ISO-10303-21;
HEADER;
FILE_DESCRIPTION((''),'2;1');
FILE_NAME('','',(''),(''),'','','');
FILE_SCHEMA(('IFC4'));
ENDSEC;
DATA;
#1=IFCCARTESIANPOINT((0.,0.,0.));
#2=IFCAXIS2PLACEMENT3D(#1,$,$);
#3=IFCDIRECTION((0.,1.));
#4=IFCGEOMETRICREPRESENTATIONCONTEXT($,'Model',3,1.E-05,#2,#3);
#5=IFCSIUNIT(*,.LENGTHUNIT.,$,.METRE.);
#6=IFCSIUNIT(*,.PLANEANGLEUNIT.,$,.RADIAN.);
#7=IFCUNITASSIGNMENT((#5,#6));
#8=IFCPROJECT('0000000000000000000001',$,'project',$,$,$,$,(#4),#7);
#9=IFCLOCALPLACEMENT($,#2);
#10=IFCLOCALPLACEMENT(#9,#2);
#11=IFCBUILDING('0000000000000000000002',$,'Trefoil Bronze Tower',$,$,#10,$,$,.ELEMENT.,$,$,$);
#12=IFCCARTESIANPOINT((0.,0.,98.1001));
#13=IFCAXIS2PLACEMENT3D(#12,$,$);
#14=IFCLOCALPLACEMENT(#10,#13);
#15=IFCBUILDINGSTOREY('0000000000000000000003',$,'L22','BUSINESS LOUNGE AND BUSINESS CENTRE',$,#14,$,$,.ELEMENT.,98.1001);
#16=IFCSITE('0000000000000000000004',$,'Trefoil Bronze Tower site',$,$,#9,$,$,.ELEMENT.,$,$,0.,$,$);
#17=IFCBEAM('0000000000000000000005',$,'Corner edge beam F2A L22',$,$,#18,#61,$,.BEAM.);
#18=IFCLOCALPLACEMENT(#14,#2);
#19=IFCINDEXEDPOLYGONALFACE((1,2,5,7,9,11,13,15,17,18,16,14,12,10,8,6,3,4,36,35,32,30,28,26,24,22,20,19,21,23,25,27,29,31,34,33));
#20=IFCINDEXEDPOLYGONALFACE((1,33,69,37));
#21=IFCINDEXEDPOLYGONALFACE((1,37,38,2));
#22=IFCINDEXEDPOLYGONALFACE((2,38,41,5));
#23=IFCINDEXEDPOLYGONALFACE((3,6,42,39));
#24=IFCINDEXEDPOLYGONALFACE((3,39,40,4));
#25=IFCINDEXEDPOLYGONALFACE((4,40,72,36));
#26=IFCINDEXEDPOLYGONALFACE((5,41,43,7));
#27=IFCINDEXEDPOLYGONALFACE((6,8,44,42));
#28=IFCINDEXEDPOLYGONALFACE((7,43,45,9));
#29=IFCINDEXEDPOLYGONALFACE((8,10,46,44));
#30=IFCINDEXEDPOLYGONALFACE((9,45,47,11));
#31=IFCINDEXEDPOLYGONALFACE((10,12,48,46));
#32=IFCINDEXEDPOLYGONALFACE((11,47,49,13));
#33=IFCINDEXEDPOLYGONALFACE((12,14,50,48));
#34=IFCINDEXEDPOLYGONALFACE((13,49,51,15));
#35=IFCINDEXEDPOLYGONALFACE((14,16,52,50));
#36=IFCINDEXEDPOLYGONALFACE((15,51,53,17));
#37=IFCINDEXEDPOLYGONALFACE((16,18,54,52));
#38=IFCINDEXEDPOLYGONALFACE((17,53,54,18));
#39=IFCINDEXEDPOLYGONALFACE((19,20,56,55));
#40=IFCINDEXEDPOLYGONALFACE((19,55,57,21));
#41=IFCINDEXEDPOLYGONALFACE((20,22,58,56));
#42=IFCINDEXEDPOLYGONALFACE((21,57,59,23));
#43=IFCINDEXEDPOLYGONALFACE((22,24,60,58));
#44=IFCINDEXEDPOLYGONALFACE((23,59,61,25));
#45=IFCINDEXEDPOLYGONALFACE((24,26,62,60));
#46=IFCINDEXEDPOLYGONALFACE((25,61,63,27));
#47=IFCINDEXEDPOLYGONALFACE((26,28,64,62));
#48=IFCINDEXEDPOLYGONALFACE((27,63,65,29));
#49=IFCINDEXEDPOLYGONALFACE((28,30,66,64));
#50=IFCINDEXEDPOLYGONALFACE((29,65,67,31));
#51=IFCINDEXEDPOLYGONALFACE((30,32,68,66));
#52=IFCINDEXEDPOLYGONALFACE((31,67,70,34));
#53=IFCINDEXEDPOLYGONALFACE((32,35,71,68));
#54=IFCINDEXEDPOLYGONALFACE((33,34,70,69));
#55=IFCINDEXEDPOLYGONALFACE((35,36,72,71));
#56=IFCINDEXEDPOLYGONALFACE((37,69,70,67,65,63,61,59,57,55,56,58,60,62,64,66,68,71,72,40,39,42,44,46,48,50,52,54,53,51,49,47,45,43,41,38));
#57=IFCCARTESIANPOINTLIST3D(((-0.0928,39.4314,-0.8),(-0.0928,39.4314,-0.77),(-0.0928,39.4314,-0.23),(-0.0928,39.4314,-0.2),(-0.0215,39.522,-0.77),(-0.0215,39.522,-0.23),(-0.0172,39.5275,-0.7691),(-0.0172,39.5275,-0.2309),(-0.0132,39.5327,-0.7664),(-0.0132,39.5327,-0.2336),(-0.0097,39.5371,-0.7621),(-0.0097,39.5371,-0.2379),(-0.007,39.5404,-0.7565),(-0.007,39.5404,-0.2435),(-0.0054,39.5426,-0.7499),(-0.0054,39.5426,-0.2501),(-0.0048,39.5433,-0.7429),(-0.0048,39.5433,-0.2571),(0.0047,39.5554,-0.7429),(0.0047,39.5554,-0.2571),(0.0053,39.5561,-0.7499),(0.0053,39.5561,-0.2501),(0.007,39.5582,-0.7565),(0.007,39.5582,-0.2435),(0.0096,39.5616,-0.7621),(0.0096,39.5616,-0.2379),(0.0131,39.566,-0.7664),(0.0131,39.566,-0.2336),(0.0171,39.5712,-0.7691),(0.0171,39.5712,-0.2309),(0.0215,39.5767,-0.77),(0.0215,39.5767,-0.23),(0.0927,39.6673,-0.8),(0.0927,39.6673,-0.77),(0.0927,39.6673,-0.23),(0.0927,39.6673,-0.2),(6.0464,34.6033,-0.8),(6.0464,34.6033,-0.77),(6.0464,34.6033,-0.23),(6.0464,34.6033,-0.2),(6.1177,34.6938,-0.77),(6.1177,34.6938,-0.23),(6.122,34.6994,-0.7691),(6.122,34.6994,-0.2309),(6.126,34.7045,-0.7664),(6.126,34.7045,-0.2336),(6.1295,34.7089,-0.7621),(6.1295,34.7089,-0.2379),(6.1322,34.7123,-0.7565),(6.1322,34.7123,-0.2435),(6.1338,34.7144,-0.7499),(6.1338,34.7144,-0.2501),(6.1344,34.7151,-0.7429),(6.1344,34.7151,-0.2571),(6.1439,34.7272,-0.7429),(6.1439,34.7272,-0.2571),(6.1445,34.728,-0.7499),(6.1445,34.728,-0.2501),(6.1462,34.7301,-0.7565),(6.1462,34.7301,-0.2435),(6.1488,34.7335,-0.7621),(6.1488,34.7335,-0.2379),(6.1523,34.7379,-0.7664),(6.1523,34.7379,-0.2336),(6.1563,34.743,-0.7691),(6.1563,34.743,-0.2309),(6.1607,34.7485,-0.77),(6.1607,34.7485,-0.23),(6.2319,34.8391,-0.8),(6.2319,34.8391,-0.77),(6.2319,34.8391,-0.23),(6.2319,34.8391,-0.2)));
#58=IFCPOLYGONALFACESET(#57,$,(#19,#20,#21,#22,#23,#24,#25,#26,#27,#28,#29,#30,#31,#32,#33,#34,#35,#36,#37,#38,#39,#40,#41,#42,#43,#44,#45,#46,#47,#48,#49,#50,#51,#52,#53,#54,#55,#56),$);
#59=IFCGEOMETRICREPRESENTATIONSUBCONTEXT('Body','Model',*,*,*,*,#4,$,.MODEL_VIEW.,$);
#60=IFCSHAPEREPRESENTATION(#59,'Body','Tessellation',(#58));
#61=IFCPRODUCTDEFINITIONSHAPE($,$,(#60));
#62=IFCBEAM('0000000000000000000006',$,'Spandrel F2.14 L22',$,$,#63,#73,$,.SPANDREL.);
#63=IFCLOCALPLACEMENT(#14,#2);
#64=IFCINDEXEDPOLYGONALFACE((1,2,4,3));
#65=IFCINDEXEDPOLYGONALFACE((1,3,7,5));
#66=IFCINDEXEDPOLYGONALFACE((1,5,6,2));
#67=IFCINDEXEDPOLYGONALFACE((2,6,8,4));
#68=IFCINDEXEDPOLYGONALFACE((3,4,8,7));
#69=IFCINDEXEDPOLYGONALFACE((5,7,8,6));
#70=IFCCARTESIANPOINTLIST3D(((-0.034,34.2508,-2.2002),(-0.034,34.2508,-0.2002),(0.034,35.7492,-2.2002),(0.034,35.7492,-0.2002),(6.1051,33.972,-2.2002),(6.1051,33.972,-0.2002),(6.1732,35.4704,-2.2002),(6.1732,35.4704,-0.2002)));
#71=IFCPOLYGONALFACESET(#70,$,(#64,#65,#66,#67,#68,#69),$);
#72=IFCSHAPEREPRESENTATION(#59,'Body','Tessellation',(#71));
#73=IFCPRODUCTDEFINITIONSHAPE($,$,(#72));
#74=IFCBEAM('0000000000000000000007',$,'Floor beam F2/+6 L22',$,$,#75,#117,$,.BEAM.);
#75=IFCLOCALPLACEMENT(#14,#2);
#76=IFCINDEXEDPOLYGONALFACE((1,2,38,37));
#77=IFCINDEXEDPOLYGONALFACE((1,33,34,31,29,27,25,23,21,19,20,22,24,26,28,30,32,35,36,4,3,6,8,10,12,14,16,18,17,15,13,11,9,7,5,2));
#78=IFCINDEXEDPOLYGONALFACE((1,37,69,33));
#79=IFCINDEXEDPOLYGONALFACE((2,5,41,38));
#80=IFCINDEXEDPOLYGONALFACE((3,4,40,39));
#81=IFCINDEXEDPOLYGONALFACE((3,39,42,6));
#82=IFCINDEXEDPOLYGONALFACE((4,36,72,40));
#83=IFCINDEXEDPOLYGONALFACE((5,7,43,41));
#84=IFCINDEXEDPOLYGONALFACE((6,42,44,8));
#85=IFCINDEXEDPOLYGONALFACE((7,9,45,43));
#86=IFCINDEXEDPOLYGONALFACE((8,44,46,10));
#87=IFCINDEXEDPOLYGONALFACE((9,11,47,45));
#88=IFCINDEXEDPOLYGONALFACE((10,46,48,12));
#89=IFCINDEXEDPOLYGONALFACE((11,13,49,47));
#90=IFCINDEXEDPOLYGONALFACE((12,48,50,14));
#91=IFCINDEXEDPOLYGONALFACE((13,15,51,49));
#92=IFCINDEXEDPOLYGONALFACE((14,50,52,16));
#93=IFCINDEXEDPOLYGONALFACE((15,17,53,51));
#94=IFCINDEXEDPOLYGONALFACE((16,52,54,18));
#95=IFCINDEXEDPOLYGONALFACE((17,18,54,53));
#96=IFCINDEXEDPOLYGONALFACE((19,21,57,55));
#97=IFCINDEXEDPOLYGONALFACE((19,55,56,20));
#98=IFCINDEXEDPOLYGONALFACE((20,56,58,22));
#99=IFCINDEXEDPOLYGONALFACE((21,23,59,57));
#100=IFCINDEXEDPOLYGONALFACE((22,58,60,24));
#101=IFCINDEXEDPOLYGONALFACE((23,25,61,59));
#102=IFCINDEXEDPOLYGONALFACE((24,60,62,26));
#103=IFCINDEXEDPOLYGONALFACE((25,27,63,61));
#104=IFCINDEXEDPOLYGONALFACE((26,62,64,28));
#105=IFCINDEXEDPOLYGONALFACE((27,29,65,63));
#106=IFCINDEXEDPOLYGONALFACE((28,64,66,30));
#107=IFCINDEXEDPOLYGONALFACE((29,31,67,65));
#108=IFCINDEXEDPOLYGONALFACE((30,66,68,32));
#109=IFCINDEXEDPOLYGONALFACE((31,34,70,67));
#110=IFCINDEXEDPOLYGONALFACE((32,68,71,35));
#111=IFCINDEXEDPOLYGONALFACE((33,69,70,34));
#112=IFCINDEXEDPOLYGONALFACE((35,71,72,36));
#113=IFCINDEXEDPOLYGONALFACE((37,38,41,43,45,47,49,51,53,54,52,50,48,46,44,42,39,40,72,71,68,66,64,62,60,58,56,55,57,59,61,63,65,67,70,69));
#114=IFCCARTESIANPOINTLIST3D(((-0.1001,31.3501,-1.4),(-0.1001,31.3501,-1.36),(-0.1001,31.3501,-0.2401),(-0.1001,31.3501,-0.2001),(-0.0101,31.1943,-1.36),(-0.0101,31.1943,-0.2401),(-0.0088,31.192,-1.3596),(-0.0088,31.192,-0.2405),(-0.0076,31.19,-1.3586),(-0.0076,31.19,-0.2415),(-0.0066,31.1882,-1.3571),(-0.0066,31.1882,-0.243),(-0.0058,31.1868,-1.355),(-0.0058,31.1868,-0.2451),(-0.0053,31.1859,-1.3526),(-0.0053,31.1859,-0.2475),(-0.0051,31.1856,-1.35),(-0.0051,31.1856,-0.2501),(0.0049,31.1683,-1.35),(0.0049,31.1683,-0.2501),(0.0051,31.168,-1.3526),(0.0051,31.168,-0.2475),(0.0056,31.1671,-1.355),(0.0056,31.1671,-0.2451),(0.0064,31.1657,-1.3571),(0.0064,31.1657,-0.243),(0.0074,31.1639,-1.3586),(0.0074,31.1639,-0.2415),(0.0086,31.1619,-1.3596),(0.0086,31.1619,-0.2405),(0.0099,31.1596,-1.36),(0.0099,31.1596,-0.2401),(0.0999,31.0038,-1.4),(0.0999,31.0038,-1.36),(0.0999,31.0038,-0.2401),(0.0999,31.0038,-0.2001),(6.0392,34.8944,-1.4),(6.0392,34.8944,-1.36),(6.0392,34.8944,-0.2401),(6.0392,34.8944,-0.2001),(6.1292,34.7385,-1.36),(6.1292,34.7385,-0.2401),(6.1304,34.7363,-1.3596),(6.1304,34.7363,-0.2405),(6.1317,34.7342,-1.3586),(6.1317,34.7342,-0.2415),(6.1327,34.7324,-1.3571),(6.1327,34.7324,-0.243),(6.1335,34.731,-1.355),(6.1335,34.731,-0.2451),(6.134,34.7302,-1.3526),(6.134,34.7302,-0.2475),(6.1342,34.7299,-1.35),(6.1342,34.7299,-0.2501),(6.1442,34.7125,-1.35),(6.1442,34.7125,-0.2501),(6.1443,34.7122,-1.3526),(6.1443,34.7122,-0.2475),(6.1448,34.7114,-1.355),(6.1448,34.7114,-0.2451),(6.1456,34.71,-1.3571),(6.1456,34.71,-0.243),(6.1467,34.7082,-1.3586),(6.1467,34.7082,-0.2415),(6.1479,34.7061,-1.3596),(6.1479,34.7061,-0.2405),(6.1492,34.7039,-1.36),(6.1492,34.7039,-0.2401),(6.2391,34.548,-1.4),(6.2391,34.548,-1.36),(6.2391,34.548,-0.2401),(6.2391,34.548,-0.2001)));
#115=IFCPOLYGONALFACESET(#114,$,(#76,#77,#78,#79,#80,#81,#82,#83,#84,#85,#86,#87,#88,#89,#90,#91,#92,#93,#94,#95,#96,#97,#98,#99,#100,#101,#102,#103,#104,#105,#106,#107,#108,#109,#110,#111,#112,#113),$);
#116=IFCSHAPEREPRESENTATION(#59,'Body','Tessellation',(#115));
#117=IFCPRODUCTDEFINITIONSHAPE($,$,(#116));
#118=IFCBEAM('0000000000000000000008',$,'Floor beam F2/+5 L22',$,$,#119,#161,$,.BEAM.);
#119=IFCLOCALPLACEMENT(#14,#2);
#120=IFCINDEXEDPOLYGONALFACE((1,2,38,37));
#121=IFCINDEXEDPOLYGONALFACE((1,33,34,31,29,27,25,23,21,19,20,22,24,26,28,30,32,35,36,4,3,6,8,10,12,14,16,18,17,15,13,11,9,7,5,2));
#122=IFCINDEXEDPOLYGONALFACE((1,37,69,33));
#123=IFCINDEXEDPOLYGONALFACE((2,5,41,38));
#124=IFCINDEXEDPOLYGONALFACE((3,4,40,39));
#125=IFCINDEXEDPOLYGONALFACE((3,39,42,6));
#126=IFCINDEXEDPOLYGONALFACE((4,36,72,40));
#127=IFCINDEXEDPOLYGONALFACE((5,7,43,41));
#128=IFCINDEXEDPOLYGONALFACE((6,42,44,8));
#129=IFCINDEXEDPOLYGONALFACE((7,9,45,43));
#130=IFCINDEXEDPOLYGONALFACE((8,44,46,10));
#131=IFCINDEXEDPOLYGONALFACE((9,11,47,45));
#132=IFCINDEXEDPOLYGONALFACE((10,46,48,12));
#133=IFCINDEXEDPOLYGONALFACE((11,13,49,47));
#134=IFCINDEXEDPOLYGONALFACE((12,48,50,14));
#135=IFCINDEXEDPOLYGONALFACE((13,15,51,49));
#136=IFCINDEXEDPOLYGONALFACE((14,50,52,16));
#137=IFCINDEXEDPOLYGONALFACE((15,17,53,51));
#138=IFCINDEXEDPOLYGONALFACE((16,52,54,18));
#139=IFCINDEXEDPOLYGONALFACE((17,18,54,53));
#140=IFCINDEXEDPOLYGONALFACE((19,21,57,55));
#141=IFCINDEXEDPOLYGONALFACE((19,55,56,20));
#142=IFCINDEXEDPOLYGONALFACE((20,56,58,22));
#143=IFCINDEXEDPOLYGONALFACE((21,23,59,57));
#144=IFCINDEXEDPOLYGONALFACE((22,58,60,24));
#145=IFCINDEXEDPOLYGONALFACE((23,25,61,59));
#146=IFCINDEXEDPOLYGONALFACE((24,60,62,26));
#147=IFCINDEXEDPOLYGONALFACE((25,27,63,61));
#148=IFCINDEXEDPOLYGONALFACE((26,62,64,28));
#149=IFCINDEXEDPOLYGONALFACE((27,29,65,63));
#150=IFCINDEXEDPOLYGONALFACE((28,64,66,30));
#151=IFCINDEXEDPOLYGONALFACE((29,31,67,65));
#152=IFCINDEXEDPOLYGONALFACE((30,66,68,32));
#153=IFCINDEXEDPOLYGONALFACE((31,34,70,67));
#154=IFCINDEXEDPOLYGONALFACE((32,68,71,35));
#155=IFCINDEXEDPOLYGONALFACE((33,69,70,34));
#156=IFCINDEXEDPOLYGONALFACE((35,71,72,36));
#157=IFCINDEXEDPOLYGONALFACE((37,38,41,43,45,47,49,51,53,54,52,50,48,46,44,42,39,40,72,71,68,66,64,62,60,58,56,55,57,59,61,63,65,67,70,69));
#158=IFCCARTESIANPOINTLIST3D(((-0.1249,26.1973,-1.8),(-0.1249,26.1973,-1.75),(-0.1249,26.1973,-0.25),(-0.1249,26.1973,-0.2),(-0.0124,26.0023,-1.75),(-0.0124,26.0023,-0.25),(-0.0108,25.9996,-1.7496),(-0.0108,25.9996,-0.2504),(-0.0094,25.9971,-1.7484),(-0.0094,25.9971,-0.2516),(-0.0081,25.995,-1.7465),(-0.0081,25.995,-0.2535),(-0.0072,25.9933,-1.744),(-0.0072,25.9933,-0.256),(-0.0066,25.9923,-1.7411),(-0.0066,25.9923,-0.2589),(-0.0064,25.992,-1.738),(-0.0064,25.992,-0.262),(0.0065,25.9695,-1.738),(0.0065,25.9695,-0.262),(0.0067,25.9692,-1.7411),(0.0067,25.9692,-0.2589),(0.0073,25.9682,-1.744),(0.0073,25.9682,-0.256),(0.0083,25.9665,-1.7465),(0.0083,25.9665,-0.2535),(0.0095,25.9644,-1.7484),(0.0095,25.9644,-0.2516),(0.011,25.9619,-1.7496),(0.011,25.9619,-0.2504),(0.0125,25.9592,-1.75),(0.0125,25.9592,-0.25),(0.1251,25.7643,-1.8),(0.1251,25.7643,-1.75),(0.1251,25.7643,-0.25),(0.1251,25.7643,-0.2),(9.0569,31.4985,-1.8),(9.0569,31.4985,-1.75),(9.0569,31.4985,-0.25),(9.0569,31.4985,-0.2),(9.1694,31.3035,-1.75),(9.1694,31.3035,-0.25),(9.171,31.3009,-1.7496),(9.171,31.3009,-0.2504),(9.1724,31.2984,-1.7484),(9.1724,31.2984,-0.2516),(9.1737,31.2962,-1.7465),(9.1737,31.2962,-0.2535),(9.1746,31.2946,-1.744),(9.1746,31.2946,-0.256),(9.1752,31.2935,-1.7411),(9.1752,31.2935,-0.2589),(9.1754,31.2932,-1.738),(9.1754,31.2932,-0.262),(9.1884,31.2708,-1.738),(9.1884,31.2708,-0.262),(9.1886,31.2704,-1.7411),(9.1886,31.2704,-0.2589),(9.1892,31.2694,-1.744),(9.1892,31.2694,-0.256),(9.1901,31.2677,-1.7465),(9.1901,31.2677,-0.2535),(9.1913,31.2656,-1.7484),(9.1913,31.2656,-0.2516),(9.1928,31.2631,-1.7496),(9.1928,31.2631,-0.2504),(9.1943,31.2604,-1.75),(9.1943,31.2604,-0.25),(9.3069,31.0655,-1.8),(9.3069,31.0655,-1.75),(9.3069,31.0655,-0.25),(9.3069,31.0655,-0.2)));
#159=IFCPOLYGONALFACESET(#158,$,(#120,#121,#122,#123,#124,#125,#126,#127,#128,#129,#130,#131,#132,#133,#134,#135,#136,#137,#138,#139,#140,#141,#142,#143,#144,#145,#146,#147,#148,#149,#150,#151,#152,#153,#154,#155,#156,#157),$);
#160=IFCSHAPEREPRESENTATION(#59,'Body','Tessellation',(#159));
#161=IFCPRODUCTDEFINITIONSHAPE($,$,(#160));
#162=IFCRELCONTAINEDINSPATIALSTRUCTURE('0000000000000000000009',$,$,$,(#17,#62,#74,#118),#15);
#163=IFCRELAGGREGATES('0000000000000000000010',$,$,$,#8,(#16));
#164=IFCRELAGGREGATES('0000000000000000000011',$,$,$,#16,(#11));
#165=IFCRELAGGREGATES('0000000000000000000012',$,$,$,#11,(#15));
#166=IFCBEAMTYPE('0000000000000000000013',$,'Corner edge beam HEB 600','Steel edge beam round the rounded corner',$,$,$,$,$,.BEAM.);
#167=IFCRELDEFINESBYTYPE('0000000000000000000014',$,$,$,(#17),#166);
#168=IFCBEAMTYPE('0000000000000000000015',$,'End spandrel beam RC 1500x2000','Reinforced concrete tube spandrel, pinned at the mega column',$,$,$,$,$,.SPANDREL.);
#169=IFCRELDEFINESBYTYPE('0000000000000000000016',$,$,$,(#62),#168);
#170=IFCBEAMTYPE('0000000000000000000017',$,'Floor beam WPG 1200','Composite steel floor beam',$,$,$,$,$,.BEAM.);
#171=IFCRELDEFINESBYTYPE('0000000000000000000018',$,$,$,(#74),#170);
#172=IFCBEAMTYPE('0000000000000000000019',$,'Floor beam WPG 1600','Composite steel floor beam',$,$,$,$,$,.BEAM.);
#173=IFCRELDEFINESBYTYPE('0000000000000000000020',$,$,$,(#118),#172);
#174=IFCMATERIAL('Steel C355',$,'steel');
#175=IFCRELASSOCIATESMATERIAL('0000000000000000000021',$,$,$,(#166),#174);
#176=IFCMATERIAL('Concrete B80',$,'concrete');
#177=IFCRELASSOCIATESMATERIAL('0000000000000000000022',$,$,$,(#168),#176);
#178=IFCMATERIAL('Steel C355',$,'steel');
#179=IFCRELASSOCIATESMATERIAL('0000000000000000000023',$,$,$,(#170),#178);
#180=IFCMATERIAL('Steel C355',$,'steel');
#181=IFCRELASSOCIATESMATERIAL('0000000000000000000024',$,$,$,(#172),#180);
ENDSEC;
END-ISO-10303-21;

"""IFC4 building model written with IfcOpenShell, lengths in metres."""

from ifc_helpers import new_model, si_unit, direction, frame, origin, origin_2d, place, context, subcontext, project, spatial, rectangle, i_section, extrude, material, material_profile, profile_set, type_object, element, save


model = new_model("IFC4")

# Units and contexts
model_context = context("Model", 3, precision=1e-05, world=origin(), true_north=direction((0.0, 1.0)))
body_context = subcontext(model_context, "Body", "Model", "MODEL_VIEW")
ifc_project = project(units=[si_unit("LENGTHUNIT", "METRE"), si_unit("PLANEANGLEUNIT", "RADIAN")], contexts=[model_context])

# Site, building, storey
site_placement = place(None, origin())
site = spatial("IfcSite", under=ifc_project, at=site_placement, Name="Trefoil Bronze Tower site", CompositionType="ELEMENT", RefElevation=0.0)
building_placement = place(site_placement, origin())
building = spatial("IfcBuilding", under=site, at=building_placement, Name="Trefoil Bronze Tower", CompositionType="ELEMENT")
storey_placement = place(building_placement, frame((0.0, 0.0, 98.1001)))
storey = spatial("IfcBuildingStorey", under=building, at=storey_placement, Name="L22", Description="BUSINESS LOUNGE AND BUSINESS CENTRE", CompositionType="ELEMENT", Elevation=98.1001)

# Beams
ifc_material_1 = material(Name="Steel C355", Category="steel")
ifc_material_profile_1 = material_profile(ifc_material_1, i_section(OverallWidth=0.3, OverallDepth=0.6001, WebThickness=0.0154, FlangeThickness=0.03, FilletRadius=0.0271, at=origin_2d()), Name="HEB 600")
ifc_profile_set_1 = profile_set([ifc_material_profile_1], Name="Steel C355")
beam_type_1 = type_object("IfcBeamType", Name="Corner edge beam HEB 600", Description="Steel edge beam round the rounded corner", PredefinedType="BEAM", material=ifc_profile_set_1)
beam_1_placement = place(storey_placement, frame((6.1392, 34.7212, -0.5), z_axis=(-0.786038, 0.618178, 0.0), x_axis=(-0.618178, -0.786038, 0.0)))
element("IfcBeam", 1, at=beam_1_placement, inside=storey, type_object=beam_type_1, Name="Corner edge beam F2A L22", PredefinedType="BEAM", context=body_context, shape_type="SweptSolid", body=[
    extrude(i_section(OverallWidth=0.3, OverallDepth=0.6001, WebThickness=0.0154, FlangeThickness=0.03, FilletRadius=0.0271, at=origin_2d()), origin(), (0.0, 0.0, 1.0), 7.8103),
])
ifc_material_2 = material(Name="Concrete B80", Category="concrete")
ifc_material_profile_2 = material_profile(ifc_material_2, rectangle(XDim=1.5, YDim=2.0, at=origin_2d()), Name="RC 1500x2000")
ifc_profile_set_2 = profile_set([ifc_material_profile_2], Name="Concrete B80")
beam_type_2 = type_object("IfcBeamType", Name="End spandrel beam RC 1500x2000", Description="Reinforced concrete tube spandrel, pinned at the mega column", PredefinedType="SPANDREL", material=ifc_profile_set_2)
beam_2_placement = place(storey_placement, frame((6.1392, 34.7212, -1.2002), z_axis=(-0.99897, 0.045368, 0.0), x_axis=(-0.045368, -0.99897, 0.0)))
element("IfcBeam", 2, at=beam_2_placement, inside=storey, type_object=beam_type_2, Name="Spandrel F2.14 L22", PredefinedType="SPANDREL", context=body_context, shape_type="SweptSolid", body=[
    extrude(rectangle(XDim=1.5, YDim=2.0, at=origin_2d()), origin(), (0.0, 0.0, 1.0), 6.1455),
])
ifc_material_3 = material(Name="Steel C355", Category="steel")
ifc_material_profile_3 = material_profile(ifc_material_3, i_section(OverallWidth=0.3999, OverallDepth=1.2, WebThickness=0.02, FlangeThickness=0.04, FilletRadius=0.01, at=origin_2d()), Name="WPG 1200")
ifc_profile_set_3 = profile_set([ifc_material_profile_3], Name="Steel C355")
beam_type_3 = type_object("IfcBeamType", Name="Floor beam WPG 1200", Description="Composite steel floor beam", PredefinedType="BEAM", material=ifc_profile_set_3)
beam_3_placement = place(storey_placement, frame((6.1392, 34.7212, -0.8), z_axis=(-0.866041, -0.499973, 0.0), x_axis=(0.499973, -0.866041, 0.0)))
element("IfcBeam", 3, at=beam_3_placement, inside=storey, type_object=beam_type_3, Name="Floor beam F2/+6 L22", PredefinedType="BEAM", context=body_context, shape_type="SweptSolid", body=[
    extrude(i_section(OverallWidth=0.3999, OverallDepth=1.2, WebThickness=0.02, FlangeThickness=0.04, FilletRadius=0.01, at=origin_2d()), origin(), (0.0, 0.0, 1.0), 7.0889),
])
ifc_material_4 = material(Name="Steel C355", Category="steel")
ifc_material_profile_4 = material_profile(ifc_material_4, i_section(OverallWidth=0.5, OverallDepth=1.6001, WebThickness=0.0259, FlangeThickness=0.05, FilletRadius=0.012, at=origin_2d()), Name="WPG 1600")
ifc_profile_set_4 = profile_set([ifc_material_profile_4], Name="Steel C355")
beam_type_4 = type_object("IfcBeamType", Name="Floor beam WPG 1600", Description="Composite steel floor beam", PredefinedType="BEAM", material=ifc_profile_set_4)
beam_4_placement = place(storey_placement, frame((9.1819, 31.282, -1.0), z_axis=(-0.866021, -0.500007, 0.0), x_axis=(0.500007, -0.866021, 0.0)))
element("IfcBeam", 4, at=beam_4_placement, inside=storey, type_object=beam_type_4, Name="Floor beam F2/+5 L22", PredefinedType="BEAM", context=body_context, shape_type="SweptSolid", body=[
    extrude(i_section(OverallWidth=0.5, OverallDepth=1.6001, WebThickness=0.0259, FlangeThickness=0.05, FilletRadius=0.012, at=origin_2d()), origin(), (0.0, 0.0, 1.0), 10.6023),
])

save(model, "model.ifc")
